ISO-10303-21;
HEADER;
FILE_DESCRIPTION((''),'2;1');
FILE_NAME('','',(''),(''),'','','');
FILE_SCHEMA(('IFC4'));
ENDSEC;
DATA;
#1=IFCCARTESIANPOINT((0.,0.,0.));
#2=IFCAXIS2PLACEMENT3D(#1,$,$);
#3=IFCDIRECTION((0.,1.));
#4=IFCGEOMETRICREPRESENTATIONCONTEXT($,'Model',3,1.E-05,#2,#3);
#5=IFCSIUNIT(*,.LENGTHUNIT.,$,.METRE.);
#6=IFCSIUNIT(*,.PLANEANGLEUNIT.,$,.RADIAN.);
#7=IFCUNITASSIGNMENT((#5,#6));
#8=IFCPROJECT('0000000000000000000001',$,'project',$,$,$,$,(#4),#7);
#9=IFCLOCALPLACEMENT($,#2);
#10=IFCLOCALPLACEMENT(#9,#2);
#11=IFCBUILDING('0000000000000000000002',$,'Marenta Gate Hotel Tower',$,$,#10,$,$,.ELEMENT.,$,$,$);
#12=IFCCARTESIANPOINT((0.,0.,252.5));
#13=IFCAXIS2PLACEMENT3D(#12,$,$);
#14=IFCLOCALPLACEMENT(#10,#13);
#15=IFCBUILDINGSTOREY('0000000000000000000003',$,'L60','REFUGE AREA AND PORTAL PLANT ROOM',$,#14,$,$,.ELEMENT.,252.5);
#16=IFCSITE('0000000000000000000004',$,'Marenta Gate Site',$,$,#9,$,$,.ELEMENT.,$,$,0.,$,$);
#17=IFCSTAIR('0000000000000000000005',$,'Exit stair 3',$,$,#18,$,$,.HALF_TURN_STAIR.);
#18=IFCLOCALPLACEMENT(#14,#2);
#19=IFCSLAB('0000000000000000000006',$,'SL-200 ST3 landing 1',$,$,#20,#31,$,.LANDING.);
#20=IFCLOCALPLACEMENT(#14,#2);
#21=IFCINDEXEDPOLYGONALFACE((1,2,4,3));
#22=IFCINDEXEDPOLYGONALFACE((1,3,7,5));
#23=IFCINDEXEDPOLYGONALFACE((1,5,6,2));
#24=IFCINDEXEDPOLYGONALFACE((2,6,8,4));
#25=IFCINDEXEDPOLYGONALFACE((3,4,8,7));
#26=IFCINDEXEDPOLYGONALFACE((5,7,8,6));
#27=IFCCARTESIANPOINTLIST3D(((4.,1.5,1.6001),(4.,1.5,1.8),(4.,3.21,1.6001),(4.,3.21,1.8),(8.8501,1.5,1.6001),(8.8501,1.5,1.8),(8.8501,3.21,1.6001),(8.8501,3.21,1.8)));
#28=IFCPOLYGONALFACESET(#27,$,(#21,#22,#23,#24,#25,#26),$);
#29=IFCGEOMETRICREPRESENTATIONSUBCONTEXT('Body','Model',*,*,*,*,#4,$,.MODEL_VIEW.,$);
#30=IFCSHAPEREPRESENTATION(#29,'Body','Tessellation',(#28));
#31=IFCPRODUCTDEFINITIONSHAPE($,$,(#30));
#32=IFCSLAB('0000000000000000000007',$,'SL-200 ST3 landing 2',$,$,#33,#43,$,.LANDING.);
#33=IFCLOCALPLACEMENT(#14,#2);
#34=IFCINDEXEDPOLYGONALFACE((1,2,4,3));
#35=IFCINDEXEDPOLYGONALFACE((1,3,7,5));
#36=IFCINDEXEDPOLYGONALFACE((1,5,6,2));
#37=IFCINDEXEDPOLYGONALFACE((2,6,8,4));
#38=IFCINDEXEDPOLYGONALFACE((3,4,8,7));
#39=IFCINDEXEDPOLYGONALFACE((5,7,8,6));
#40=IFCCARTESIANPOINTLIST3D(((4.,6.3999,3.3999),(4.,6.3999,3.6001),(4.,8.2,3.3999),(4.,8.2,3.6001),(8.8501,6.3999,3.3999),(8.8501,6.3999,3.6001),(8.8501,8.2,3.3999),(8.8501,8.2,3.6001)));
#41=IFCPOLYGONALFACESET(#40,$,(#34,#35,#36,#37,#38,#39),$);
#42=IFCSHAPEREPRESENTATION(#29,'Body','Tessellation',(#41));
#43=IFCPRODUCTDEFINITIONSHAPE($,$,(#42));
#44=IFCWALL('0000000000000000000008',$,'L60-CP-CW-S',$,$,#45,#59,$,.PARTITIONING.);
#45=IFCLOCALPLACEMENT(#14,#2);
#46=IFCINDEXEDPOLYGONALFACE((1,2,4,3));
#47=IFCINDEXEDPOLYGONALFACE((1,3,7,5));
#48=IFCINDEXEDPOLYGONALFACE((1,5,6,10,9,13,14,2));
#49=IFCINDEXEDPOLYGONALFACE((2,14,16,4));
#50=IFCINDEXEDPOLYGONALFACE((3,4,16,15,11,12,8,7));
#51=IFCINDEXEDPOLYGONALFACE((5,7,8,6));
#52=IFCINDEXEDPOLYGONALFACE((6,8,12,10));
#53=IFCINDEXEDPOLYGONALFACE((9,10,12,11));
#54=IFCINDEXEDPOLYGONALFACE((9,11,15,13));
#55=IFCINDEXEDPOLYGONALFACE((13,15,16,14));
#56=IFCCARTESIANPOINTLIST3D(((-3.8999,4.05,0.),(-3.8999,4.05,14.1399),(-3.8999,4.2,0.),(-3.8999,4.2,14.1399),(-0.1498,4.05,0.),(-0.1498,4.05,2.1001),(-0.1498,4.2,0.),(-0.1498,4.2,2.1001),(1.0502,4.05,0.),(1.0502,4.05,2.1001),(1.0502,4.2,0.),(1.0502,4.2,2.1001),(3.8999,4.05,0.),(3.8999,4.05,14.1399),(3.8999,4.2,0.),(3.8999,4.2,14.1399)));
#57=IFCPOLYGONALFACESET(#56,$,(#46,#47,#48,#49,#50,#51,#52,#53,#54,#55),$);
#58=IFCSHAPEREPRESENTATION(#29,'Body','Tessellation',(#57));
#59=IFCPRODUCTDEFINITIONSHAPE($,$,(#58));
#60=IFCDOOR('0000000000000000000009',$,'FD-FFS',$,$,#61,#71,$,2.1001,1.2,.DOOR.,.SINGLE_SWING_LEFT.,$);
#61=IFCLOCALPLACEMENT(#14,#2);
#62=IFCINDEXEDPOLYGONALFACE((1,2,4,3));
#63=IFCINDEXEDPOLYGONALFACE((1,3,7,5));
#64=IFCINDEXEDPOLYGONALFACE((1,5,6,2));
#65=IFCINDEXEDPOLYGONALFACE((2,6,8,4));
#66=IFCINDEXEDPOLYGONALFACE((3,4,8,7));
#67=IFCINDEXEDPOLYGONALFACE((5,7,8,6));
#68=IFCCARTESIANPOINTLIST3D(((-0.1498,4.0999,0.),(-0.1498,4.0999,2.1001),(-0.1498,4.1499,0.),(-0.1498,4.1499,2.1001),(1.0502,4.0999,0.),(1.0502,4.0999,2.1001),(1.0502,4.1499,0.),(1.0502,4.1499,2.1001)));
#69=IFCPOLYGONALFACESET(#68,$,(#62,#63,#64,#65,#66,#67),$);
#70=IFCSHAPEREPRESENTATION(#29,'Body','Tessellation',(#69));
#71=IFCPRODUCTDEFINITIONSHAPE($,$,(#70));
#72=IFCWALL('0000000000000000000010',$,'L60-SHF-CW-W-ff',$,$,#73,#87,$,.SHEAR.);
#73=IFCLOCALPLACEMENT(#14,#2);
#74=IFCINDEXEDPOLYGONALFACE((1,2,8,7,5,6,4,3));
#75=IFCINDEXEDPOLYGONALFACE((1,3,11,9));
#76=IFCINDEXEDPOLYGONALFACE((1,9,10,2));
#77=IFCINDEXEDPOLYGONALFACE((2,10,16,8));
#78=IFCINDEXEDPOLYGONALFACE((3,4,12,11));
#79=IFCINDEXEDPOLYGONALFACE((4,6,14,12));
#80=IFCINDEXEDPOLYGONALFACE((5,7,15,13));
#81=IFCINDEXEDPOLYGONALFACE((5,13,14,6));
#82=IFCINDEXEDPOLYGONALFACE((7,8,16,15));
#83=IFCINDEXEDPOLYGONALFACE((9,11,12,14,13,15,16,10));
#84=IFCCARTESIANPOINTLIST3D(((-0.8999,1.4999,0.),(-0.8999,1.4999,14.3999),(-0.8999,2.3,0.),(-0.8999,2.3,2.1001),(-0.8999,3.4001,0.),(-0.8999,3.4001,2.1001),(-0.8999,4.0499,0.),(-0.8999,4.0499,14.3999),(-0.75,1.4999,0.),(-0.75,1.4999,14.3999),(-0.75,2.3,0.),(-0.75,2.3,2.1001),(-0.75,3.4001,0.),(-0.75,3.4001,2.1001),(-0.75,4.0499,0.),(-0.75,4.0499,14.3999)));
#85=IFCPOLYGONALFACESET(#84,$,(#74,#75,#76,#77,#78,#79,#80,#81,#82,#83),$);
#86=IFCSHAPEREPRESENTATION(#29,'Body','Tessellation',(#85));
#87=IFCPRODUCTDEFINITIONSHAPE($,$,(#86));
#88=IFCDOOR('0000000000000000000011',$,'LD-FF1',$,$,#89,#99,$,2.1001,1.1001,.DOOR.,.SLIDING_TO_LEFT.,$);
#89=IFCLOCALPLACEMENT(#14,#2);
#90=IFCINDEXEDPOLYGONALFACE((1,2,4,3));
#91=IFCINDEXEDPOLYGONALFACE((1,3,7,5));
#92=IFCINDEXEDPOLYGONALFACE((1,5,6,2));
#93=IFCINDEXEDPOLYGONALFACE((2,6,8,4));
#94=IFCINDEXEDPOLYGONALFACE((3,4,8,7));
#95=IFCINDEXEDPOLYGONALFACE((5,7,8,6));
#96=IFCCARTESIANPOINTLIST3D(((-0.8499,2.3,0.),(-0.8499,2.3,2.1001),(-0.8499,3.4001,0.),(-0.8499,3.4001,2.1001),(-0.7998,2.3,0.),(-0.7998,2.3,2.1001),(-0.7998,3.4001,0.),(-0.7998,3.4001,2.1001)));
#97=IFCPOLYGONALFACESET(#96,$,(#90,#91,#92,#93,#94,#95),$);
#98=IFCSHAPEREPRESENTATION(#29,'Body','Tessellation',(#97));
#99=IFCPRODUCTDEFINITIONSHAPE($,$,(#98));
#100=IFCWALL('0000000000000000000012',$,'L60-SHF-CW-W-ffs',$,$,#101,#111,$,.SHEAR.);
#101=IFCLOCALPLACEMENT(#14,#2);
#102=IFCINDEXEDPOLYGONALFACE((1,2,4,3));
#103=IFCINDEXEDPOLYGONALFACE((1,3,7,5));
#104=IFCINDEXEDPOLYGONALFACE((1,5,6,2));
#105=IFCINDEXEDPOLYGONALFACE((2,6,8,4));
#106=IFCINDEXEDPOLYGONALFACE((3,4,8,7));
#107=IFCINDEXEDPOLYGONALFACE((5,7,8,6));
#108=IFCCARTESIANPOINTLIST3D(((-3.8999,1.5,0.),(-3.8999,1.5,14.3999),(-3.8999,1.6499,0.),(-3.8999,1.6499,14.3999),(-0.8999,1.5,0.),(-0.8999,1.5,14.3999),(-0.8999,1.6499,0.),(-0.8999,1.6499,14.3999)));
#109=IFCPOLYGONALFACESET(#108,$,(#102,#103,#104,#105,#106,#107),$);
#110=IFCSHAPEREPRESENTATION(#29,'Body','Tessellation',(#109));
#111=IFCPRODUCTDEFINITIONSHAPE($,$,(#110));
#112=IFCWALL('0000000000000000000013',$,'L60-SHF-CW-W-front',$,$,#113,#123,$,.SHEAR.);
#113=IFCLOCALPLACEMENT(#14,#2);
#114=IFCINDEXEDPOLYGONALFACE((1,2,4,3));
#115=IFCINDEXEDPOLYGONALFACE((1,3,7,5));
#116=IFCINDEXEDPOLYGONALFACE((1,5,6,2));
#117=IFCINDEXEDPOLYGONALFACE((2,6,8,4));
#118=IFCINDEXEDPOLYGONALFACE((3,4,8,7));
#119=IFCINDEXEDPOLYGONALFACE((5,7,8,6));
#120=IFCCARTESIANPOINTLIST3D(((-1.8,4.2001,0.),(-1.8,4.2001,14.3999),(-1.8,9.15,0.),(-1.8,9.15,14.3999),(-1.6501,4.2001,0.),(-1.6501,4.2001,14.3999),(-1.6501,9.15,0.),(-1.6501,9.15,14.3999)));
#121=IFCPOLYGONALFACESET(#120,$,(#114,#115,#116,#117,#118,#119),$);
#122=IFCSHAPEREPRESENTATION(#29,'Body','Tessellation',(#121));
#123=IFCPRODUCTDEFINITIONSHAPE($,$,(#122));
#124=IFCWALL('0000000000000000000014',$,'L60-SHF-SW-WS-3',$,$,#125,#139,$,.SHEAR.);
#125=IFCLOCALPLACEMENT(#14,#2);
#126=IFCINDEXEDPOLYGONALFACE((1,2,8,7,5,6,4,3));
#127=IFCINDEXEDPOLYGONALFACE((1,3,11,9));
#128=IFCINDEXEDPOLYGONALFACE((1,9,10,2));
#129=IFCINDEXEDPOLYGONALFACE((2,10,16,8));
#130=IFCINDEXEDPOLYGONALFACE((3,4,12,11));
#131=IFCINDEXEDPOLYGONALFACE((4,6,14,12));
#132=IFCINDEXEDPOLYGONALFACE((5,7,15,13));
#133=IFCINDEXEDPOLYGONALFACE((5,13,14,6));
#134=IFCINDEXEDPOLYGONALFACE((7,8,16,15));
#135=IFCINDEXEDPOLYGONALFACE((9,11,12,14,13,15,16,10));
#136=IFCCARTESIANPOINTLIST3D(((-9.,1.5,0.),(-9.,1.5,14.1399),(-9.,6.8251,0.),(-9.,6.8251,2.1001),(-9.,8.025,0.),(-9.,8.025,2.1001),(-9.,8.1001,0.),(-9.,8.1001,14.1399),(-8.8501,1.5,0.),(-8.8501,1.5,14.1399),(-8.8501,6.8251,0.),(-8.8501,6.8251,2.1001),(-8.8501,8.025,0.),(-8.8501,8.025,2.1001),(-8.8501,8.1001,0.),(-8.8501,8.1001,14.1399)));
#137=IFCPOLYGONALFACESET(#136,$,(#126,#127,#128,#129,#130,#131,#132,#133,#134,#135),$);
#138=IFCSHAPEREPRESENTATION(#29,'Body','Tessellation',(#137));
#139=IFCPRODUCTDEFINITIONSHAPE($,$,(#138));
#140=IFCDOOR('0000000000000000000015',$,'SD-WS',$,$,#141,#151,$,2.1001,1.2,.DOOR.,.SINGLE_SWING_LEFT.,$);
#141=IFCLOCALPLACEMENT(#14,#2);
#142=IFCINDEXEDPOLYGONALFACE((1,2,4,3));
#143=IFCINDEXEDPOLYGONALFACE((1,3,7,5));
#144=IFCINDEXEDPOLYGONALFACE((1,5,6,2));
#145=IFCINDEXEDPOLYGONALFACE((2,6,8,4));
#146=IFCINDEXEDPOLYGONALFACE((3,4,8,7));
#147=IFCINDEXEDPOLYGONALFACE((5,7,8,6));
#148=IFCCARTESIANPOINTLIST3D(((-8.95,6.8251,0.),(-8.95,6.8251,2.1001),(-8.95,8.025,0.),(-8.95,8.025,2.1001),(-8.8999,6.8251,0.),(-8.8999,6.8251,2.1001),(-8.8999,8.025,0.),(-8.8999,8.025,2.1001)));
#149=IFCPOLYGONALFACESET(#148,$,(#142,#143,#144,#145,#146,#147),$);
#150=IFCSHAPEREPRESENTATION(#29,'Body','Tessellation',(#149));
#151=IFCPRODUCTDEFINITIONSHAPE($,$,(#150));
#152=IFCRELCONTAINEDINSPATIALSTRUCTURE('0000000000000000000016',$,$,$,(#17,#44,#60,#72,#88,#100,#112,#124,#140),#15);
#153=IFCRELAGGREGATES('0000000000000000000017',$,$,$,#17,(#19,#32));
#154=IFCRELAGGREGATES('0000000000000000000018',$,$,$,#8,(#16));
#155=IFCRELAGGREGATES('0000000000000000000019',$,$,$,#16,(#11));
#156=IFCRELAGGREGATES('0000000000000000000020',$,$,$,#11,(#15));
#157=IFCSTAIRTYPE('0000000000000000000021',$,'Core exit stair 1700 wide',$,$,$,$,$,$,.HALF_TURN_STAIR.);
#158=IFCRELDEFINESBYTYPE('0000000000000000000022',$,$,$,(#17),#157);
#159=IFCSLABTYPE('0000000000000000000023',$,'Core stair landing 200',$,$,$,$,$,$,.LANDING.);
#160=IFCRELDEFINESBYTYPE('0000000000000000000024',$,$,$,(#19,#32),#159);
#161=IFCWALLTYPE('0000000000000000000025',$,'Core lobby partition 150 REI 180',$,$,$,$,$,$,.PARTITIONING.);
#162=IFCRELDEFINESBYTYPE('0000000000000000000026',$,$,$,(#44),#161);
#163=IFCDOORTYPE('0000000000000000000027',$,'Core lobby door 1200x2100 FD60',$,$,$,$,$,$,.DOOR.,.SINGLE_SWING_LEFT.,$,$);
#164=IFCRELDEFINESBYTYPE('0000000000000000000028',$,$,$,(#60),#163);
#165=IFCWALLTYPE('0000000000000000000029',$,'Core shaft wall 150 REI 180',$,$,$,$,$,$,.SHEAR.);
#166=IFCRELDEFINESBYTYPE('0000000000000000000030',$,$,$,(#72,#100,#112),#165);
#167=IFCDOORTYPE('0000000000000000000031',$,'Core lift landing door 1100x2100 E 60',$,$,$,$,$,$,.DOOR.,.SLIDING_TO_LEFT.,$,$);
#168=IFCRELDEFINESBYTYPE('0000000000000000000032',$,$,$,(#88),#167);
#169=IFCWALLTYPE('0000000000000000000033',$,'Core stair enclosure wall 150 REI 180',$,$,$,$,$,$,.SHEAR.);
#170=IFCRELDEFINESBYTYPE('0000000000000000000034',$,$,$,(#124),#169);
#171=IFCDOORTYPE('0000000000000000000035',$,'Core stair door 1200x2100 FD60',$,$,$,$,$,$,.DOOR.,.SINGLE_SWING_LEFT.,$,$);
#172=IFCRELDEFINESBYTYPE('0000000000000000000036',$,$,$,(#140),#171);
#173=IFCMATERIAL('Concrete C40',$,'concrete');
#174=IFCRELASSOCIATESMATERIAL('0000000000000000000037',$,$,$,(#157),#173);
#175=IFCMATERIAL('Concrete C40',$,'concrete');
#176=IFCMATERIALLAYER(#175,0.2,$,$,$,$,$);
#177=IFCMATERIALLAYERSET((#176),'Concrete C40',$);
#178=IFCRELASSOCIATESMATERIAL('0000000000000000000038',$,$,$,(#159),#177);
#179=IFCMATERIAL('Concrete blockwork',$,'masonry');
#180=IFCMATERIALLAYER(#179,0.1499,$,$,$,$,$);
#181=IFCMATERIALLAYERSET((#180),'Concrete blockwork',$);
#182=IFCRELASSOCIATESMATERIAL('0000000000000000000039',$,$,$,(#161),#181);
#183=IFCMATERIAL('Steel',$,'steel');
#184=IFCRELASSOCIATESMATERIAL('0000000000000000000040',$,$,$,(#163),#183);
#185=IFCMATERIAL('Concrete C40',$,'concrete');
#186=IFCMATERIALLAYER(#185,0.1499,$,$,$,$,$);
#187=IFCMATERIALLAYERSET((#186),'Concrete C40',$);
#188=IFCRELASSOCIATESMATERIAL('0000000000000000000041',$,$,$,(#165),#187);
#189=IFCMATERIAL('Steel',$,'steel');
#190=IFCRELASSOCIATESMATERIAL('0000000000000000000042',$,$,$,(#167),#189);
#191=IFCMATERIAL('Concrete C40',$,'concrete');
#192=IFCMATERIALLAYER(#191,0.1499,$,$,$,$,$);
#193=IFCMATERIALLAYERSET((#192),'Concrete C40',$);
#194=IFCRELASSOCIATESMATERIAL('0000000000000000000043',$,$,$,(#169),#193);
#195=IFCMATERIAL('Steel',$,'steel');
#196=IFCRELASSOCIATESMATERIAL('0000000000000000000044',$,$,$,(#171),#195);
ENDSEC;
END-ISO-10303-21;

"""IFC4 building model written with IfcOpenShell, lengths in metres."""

from ifc_helpers import new_model, si_unit, direction, frame, frame_2d, origin, place, context, subcontext, project, spatial, polyline, rectangle, outline, extrude, material, layer, layer_set, type_object, element, fill, aggregate, save


model = new_model("IFC4")

# Units and contexts
model_context = context("Model", 3, precision=1e-05, world=origin(), true_north=direction((0.0, 1.0)))
body_context = subcontext(model_context, "Body", "Model", "MODEL_VIEW")
ifc_project = project(units=[si_unit("LENGTHUNIT", "METRE"), si_unit("PLANEANGLEUNIT", "RADIAN")], contexts=[model_context])

# Site, building, storey
site_placement = place(None, origin())
site = spatial("IfcSite", under=ifc_project, at=site_placement, Name="Marenta Gate Site", CompositionType="ELEMENT", RefElevation=0.0)
building_placement = place(site_placement, origin())
building = spatial("IfcBuilding", under=site, at=building_placement, Name="Marenta Gate Hotel Tower", CompositionType="ELEMENT")
storey_placement = place(building_placement, frame((0.0, 0.0, 252.5)))
storey = spatial("IfcBuildingStorey", under=building, at=storey_placement, Name="L60", Description="REFUGE AREA AND PORTAL PLANT ROOM", CompositionType="ELEMENT", Elevation=252.5)

# Stair, slabs
ifc_material_1 = material(Name="Concrete C40", Category="concrete")
stair_type = type_object("IfcStairType", Name="Core exit stair 1700 wide", PredefinedType="HALF_TURN_STAIR", material=ifc_material_1)
stair_1_placement = place(storey_placement, origin())
stair_1 = element("IfcStair", 1, at=stair_1_placement, inside=storey, type_object=stair_type, Name="Exit stair 3", PredefinedType="HALF_TURN_STAIR")
ifc_material_2 = material(Name="Concrete C40", Category="concrete")
ifc_layer_1 = layer(ifc_material_2, 0.2)
ifc_layer_set_1 = layer_set([ifc_layer_1], Name="Concrete C40")
slab_type = type_object("IfcSlabType", Name="Core stair landing 200", PredefinedType="LANDING", material=ifc_layer_set_1)
slab_1_placement = place(storey_placement, frame((0.0, 0.0, 1.6001)))
slab_1 = element("IfcSlab", 2, at=slab_1_placement, type_object=slab_type, Name="SL-200 ST3 landing 1", PredefinedType="LANDING", context=body_context, shape_type="SweptSolid", body=[
    extrude(outline(polyline([(4.0, 1.5), (8.8501, 1.5), (8.8501, 3.21), (4.0, 3.21), (4.0, 1.5)])), origin(), (0.0, 0.0, 1.0), 0.2),
])
slab_2_placement = place(storey_placement, frame((0.0, 0.0, 3.3999)))
slab_2 = element("IfcSlab", 3, at=slab_2_placement, type_object=slab_type, Name="SL-200 ST3 landing 2", PredefinedType="LANDING", context=body_context, shape_type="SweptSolid", body=[
    extrude(outline(polyline([(4.0, 6.3999), (8.8501, 6.3999), (8.8501, 8.2), (4.0, 8.2), (4.0, 6.3999)])), origin(), (0.0, 0.0, 1.0), 0.2002),
])
aggregate(stair_1, [slab_1, slab_2])

# Walls, openings, doors
ifc_material_3 = material(Name="Concrete blockwork", Category="masonry")
ifc_layer_2 = layer(ifc_material_3, 0.1499)
ifc_layer_set_2 = layer_set([ifc_layer_2], Name="Concrete blockwork")
wall_type_1 = type_object("IfcWallType", Name="Core lobby partition 150 REI 180", PredefinedType="PARTITIONING", material=ifc_layer_set_2)
wall_1_placement = place(storey_placement, frame((-3.8999, 4.125, 0.0), z_axis=(0.0, 0.0, 1.0), x_axis=(1.0, 0.0, 0.0)))
wall_1 = element("IfcWall", 4, at=wall_1_placement, inside=storey, type_object=wall_type_1, Name="L60-CP-CW-S", PredefinedType="PARTITIONING", context=body_context, shape_type="SweptSolid", body=[
    extrude(rectangle(XDim=7.7998, YDim=0.1499, at=frame_2d((3.8999, 0.0))), origin(), (0.0, 0.0, 1.0), 14.1399),
])
opening_1_placement = place(wall_1_placement, frame((3.75, 0.0, 0.0)))
opening_1 = element("IfcOpeningElement", 5, at=opening_1_placement, cuts=wall_1, PredefinedType="OPENING", context=body_context, shape_type="SweptSolid", body=[
    extrude(rectangle(XDim=1.2, YDim=2.1001, at=frame_2d((0.6001, 1.05))), frame((0.0, 0.075, 0.0), z_axis=(0.0, -1.0, 0.0), x_axis=(1.0, 0.0, 0.0)), (0.0, 0.0, 1.0), 0.1499),
])
ifc_material_4 = material(Name="Steel", Category="steel")
door_type_1 = type_object("IfcDoorType", Name="Core lobby door 1200x2100 FD60", OperationType="SINGLE_SWING_LEFT", PredefinedType="DOOR", material=ifc_material_4)
door_1_placement = place(opening_1_placement, origin())
door_1 = element("IfcDoor", 6, at=door_1_placement, inside=storey, type_object=door_type_1, Name="FD-FFS", OperationType="SINGLE_SWING_LEFT", OverallHeight=2.1001, OverallWidth=1.2, PredefinedType="DOOR", context=body_context, shape_type="SweptSolid", body=[
    extrude(rectangle(XDim=1.2, YDim=2.1001, at=frame_2d((0.6001, 1.05))), frame((0.0, 0.0249, 0.0), z_axis=(0.0, -1.0, 0.0), x_axis=(1.0, 0.0, 0.0)), (0.0, 0.0, 1.0), 0.05),
])
fill(opening_1, door_1)
ifc_material_5 = material(Name="Concrete C40", Category="concrete")
ifc_layer_3 = layer(ifc_material_5, 0.1499)
ifc_layer_set_3 = layer_set([ifc_layer_3], Name="Concrete C40")
wall_type_2 = type_object("IfcWallType", Name="Core shaft wall 150 REI 180", PredefinedType="SHEAR", material=ifc_layer_set_3)
wall_2_placement = place(storey_placement, frame((-0.825, 1.5, 0.0), z_axis=(0.0, 0.0, 1.0), x_axis=(0.0, 1.0, 0.0)))
wall_2 = element("IfcWall", 7, at=wall_2_placement, inside=storey, type_object=wall_type_2, Name="L60-SHF-CW-W-ff", PredefinedType="SHEAR", context=body_context, shape_type="SweptSolid", body=[
    extrude(rectangle(XDim=2.55, YDim=0.1499, at=frame_2d((1.2749, 0.0))), origin(), (0.0, 0.0, 1.0), 14.3999),
])
opening_2_placement = place(wall_2_placement, frame((0.8, 0.0, 0.0)))
opening_2 = element("IfcOpeningElement", 8, at=opening_2_placement, cuts=wall_2, PredefinedType="OPENING", context=body_context, shape_type="SweptSolid", body=[
    extrude(rectangle(XDim=1.1001, YDim=2.1001, at=frame_2d((0.55, 1.05))), frame((0.0, 0.075, 0.0), z_axis=(0.0, -1.0, 0.0), x_axis=(1.0, 0.0, 0.0)), (0.0, 0.0, 1.0), 0.1499),
])
ifc_material_6 = material(Name="Steel", Category="steel")
door_type_2 = type_object("IfcDoorType", Name="Core lift landing door 1100x2100 E 60", OperationType="SLIDING_TO_LEFT", PredefinedType="DOOR", material=ifc_material_6)
door_2_placement = place(opening_2_placement, origin())
door_2 = element("IfcDoor", 9, at=door_2_placement, inside=storey, type_object=door_type_2, Name="LD-FF1", OperationType="SLIDING_TO_LEFT", OverallHeight=2.1001, OverallWidth=1.1001, PredefinedType="DOOR", context=body_context, shape_type="SweptSolid", body=[
    extrude(rectangle(XDim=1.1001, YDim=2.1001, at=frame_2d((0.55, 1.05))), frame((0.0, 0.0249, 0.0), z_axis=(0.0, -1.0, 0.0), x_axis=(1.0, 0.0, 0.0)), (0.0, 0.0, 1.0), 0.05),
])
fill(opening_2, door_2)

# Walls
wall_3_placement = place(storey_placement, frame((-3.8999, 1.575, 0.0), z_axis=(0.0, 0.0, 1.0), x_axis=(1.0, 0.0, 0.0)))
element("IfcWall", 10, at=wall_3_placement, inside=storey, type_object=wall_type_2, Name="L60-SHF-CW-W-ffs", PredefinedType="SHEAR", context=body_context, shape_type="SweptSolid", body=[
    extrude(rectangle(XDim=3.0, YDim=0.1499, at=frame_2d((1.5, 0.0))), origin(), (0.0, 0.0, 1.0), 14.3999),
])
wall_4_placement = place(storey_placement, frame((-1.7251, 4.2, 0.0), z_axis=(0.0, 0.0, 1.0), x_axis=(0.0, 1.0, 0.0)))
element("IfcWall", 11, at=wall_4_placement, inside=storey, type_object=wall_type_2, Name="L60-SHF-CW-W-front", PredefinedType="SHEAR", context=body_context, shape_type="SweptSolid", body=[
    extrude(rectangle(XDim=4.95, YDim=0.1499, at=frame_2d((2.4751, 0.0))), origin(), (0.0, 0.0, 1.0), 14.3999),
])

# Wall, opening, door
ifc_material_7 = material(Name="Concrete C40", Category="concrete")
ifc_layer_4 = layer(ifc_material_7, 0.1499)
ifc_layer_set_4 = layer_set([ifc_layer_4], Name="Concrete C40")
wall_type_3 = type_object("IfcWallType", Name="Core stair enclosure wall 150 REI 180", PredefinedType="SHEAR", material=ifc_layer_set_4)
wall_5_placement = place(storey_placement, frame((-8.925, 1.5, 0.0), z_axis=(0.0, 0.0, 1.0), x_axis=(0.0, 1.0, 0.0)))
wall_5 = element("IfcWall", 12, at=wall_5_placement, inside=storey, type_object=wall_type_3, Name="L60-SHF-SW-WS-3", PredefinedType="SHEAR", context=body_context, shape_type="SweptSolid", body=[
    extrude(rectangle(XDim=6.6001, YDim=0.1499, at=frame_2d((3.3, 0.0))), origin(), (0.0, 0.0, 1.0), 14.1399),
])
opening_3_placement = place(wall_5_placement, frame((5.325, 0.0, 0.0)))
opening_3 = element("IfcOpeningElement", 13, at=opening_3_placement, cuts=wall_5, PredefinedType="OPENING", context=body_context, shape_type="SweptSolid", body=[
    extrude(rectangle(XDim=1.2, YDim=2.1001, at=frame_2d((0.6001, 1.05))), frame((0.0, 0.075, 0.0), z_axis=(0.0, -1.0, 0.0), x_axis=(1.0, 0.0, 0.0)), (0.0, 0.0, 1.0), 0.1499),
])
ifc_material_8 = material(Name="Steel", Category="steel")
door_type_3 = type_object("IfcDoorType", Name="Core stair door 1200x2100 FD60", OperationType="SINGLE_SWING_LEFT", PredefinedType="DOOR", material=ifc_material_8)
door_3_placement = place(opening_3_placement, origin())
door_3 = element("IfcDoor", 14, at=door_3_placement, inside=storey, type_object=door_type_3, Name="SD-WS", OperationType="SINGLE_SWING_LEFT", OverallHeight=2.1001, OverallWidth=1.2, PredefinedType="DOOR", context=body_context, shape_type="SweptSolid", body=[
    extrude(rectangle(XDim=1.2, YDim=2.1001, at=frame_2d((0.6001, 1.05))), frame((0.0, 0.0249, 0.0), z_axis=(0.0, -1.0, 0.0), x_axis=(1.0, 0.0, 0.0)), (0.0, 0.0, 1.0), 0.05),
])
fill(opening_3, door_3)

save(model, "model.ifc")
